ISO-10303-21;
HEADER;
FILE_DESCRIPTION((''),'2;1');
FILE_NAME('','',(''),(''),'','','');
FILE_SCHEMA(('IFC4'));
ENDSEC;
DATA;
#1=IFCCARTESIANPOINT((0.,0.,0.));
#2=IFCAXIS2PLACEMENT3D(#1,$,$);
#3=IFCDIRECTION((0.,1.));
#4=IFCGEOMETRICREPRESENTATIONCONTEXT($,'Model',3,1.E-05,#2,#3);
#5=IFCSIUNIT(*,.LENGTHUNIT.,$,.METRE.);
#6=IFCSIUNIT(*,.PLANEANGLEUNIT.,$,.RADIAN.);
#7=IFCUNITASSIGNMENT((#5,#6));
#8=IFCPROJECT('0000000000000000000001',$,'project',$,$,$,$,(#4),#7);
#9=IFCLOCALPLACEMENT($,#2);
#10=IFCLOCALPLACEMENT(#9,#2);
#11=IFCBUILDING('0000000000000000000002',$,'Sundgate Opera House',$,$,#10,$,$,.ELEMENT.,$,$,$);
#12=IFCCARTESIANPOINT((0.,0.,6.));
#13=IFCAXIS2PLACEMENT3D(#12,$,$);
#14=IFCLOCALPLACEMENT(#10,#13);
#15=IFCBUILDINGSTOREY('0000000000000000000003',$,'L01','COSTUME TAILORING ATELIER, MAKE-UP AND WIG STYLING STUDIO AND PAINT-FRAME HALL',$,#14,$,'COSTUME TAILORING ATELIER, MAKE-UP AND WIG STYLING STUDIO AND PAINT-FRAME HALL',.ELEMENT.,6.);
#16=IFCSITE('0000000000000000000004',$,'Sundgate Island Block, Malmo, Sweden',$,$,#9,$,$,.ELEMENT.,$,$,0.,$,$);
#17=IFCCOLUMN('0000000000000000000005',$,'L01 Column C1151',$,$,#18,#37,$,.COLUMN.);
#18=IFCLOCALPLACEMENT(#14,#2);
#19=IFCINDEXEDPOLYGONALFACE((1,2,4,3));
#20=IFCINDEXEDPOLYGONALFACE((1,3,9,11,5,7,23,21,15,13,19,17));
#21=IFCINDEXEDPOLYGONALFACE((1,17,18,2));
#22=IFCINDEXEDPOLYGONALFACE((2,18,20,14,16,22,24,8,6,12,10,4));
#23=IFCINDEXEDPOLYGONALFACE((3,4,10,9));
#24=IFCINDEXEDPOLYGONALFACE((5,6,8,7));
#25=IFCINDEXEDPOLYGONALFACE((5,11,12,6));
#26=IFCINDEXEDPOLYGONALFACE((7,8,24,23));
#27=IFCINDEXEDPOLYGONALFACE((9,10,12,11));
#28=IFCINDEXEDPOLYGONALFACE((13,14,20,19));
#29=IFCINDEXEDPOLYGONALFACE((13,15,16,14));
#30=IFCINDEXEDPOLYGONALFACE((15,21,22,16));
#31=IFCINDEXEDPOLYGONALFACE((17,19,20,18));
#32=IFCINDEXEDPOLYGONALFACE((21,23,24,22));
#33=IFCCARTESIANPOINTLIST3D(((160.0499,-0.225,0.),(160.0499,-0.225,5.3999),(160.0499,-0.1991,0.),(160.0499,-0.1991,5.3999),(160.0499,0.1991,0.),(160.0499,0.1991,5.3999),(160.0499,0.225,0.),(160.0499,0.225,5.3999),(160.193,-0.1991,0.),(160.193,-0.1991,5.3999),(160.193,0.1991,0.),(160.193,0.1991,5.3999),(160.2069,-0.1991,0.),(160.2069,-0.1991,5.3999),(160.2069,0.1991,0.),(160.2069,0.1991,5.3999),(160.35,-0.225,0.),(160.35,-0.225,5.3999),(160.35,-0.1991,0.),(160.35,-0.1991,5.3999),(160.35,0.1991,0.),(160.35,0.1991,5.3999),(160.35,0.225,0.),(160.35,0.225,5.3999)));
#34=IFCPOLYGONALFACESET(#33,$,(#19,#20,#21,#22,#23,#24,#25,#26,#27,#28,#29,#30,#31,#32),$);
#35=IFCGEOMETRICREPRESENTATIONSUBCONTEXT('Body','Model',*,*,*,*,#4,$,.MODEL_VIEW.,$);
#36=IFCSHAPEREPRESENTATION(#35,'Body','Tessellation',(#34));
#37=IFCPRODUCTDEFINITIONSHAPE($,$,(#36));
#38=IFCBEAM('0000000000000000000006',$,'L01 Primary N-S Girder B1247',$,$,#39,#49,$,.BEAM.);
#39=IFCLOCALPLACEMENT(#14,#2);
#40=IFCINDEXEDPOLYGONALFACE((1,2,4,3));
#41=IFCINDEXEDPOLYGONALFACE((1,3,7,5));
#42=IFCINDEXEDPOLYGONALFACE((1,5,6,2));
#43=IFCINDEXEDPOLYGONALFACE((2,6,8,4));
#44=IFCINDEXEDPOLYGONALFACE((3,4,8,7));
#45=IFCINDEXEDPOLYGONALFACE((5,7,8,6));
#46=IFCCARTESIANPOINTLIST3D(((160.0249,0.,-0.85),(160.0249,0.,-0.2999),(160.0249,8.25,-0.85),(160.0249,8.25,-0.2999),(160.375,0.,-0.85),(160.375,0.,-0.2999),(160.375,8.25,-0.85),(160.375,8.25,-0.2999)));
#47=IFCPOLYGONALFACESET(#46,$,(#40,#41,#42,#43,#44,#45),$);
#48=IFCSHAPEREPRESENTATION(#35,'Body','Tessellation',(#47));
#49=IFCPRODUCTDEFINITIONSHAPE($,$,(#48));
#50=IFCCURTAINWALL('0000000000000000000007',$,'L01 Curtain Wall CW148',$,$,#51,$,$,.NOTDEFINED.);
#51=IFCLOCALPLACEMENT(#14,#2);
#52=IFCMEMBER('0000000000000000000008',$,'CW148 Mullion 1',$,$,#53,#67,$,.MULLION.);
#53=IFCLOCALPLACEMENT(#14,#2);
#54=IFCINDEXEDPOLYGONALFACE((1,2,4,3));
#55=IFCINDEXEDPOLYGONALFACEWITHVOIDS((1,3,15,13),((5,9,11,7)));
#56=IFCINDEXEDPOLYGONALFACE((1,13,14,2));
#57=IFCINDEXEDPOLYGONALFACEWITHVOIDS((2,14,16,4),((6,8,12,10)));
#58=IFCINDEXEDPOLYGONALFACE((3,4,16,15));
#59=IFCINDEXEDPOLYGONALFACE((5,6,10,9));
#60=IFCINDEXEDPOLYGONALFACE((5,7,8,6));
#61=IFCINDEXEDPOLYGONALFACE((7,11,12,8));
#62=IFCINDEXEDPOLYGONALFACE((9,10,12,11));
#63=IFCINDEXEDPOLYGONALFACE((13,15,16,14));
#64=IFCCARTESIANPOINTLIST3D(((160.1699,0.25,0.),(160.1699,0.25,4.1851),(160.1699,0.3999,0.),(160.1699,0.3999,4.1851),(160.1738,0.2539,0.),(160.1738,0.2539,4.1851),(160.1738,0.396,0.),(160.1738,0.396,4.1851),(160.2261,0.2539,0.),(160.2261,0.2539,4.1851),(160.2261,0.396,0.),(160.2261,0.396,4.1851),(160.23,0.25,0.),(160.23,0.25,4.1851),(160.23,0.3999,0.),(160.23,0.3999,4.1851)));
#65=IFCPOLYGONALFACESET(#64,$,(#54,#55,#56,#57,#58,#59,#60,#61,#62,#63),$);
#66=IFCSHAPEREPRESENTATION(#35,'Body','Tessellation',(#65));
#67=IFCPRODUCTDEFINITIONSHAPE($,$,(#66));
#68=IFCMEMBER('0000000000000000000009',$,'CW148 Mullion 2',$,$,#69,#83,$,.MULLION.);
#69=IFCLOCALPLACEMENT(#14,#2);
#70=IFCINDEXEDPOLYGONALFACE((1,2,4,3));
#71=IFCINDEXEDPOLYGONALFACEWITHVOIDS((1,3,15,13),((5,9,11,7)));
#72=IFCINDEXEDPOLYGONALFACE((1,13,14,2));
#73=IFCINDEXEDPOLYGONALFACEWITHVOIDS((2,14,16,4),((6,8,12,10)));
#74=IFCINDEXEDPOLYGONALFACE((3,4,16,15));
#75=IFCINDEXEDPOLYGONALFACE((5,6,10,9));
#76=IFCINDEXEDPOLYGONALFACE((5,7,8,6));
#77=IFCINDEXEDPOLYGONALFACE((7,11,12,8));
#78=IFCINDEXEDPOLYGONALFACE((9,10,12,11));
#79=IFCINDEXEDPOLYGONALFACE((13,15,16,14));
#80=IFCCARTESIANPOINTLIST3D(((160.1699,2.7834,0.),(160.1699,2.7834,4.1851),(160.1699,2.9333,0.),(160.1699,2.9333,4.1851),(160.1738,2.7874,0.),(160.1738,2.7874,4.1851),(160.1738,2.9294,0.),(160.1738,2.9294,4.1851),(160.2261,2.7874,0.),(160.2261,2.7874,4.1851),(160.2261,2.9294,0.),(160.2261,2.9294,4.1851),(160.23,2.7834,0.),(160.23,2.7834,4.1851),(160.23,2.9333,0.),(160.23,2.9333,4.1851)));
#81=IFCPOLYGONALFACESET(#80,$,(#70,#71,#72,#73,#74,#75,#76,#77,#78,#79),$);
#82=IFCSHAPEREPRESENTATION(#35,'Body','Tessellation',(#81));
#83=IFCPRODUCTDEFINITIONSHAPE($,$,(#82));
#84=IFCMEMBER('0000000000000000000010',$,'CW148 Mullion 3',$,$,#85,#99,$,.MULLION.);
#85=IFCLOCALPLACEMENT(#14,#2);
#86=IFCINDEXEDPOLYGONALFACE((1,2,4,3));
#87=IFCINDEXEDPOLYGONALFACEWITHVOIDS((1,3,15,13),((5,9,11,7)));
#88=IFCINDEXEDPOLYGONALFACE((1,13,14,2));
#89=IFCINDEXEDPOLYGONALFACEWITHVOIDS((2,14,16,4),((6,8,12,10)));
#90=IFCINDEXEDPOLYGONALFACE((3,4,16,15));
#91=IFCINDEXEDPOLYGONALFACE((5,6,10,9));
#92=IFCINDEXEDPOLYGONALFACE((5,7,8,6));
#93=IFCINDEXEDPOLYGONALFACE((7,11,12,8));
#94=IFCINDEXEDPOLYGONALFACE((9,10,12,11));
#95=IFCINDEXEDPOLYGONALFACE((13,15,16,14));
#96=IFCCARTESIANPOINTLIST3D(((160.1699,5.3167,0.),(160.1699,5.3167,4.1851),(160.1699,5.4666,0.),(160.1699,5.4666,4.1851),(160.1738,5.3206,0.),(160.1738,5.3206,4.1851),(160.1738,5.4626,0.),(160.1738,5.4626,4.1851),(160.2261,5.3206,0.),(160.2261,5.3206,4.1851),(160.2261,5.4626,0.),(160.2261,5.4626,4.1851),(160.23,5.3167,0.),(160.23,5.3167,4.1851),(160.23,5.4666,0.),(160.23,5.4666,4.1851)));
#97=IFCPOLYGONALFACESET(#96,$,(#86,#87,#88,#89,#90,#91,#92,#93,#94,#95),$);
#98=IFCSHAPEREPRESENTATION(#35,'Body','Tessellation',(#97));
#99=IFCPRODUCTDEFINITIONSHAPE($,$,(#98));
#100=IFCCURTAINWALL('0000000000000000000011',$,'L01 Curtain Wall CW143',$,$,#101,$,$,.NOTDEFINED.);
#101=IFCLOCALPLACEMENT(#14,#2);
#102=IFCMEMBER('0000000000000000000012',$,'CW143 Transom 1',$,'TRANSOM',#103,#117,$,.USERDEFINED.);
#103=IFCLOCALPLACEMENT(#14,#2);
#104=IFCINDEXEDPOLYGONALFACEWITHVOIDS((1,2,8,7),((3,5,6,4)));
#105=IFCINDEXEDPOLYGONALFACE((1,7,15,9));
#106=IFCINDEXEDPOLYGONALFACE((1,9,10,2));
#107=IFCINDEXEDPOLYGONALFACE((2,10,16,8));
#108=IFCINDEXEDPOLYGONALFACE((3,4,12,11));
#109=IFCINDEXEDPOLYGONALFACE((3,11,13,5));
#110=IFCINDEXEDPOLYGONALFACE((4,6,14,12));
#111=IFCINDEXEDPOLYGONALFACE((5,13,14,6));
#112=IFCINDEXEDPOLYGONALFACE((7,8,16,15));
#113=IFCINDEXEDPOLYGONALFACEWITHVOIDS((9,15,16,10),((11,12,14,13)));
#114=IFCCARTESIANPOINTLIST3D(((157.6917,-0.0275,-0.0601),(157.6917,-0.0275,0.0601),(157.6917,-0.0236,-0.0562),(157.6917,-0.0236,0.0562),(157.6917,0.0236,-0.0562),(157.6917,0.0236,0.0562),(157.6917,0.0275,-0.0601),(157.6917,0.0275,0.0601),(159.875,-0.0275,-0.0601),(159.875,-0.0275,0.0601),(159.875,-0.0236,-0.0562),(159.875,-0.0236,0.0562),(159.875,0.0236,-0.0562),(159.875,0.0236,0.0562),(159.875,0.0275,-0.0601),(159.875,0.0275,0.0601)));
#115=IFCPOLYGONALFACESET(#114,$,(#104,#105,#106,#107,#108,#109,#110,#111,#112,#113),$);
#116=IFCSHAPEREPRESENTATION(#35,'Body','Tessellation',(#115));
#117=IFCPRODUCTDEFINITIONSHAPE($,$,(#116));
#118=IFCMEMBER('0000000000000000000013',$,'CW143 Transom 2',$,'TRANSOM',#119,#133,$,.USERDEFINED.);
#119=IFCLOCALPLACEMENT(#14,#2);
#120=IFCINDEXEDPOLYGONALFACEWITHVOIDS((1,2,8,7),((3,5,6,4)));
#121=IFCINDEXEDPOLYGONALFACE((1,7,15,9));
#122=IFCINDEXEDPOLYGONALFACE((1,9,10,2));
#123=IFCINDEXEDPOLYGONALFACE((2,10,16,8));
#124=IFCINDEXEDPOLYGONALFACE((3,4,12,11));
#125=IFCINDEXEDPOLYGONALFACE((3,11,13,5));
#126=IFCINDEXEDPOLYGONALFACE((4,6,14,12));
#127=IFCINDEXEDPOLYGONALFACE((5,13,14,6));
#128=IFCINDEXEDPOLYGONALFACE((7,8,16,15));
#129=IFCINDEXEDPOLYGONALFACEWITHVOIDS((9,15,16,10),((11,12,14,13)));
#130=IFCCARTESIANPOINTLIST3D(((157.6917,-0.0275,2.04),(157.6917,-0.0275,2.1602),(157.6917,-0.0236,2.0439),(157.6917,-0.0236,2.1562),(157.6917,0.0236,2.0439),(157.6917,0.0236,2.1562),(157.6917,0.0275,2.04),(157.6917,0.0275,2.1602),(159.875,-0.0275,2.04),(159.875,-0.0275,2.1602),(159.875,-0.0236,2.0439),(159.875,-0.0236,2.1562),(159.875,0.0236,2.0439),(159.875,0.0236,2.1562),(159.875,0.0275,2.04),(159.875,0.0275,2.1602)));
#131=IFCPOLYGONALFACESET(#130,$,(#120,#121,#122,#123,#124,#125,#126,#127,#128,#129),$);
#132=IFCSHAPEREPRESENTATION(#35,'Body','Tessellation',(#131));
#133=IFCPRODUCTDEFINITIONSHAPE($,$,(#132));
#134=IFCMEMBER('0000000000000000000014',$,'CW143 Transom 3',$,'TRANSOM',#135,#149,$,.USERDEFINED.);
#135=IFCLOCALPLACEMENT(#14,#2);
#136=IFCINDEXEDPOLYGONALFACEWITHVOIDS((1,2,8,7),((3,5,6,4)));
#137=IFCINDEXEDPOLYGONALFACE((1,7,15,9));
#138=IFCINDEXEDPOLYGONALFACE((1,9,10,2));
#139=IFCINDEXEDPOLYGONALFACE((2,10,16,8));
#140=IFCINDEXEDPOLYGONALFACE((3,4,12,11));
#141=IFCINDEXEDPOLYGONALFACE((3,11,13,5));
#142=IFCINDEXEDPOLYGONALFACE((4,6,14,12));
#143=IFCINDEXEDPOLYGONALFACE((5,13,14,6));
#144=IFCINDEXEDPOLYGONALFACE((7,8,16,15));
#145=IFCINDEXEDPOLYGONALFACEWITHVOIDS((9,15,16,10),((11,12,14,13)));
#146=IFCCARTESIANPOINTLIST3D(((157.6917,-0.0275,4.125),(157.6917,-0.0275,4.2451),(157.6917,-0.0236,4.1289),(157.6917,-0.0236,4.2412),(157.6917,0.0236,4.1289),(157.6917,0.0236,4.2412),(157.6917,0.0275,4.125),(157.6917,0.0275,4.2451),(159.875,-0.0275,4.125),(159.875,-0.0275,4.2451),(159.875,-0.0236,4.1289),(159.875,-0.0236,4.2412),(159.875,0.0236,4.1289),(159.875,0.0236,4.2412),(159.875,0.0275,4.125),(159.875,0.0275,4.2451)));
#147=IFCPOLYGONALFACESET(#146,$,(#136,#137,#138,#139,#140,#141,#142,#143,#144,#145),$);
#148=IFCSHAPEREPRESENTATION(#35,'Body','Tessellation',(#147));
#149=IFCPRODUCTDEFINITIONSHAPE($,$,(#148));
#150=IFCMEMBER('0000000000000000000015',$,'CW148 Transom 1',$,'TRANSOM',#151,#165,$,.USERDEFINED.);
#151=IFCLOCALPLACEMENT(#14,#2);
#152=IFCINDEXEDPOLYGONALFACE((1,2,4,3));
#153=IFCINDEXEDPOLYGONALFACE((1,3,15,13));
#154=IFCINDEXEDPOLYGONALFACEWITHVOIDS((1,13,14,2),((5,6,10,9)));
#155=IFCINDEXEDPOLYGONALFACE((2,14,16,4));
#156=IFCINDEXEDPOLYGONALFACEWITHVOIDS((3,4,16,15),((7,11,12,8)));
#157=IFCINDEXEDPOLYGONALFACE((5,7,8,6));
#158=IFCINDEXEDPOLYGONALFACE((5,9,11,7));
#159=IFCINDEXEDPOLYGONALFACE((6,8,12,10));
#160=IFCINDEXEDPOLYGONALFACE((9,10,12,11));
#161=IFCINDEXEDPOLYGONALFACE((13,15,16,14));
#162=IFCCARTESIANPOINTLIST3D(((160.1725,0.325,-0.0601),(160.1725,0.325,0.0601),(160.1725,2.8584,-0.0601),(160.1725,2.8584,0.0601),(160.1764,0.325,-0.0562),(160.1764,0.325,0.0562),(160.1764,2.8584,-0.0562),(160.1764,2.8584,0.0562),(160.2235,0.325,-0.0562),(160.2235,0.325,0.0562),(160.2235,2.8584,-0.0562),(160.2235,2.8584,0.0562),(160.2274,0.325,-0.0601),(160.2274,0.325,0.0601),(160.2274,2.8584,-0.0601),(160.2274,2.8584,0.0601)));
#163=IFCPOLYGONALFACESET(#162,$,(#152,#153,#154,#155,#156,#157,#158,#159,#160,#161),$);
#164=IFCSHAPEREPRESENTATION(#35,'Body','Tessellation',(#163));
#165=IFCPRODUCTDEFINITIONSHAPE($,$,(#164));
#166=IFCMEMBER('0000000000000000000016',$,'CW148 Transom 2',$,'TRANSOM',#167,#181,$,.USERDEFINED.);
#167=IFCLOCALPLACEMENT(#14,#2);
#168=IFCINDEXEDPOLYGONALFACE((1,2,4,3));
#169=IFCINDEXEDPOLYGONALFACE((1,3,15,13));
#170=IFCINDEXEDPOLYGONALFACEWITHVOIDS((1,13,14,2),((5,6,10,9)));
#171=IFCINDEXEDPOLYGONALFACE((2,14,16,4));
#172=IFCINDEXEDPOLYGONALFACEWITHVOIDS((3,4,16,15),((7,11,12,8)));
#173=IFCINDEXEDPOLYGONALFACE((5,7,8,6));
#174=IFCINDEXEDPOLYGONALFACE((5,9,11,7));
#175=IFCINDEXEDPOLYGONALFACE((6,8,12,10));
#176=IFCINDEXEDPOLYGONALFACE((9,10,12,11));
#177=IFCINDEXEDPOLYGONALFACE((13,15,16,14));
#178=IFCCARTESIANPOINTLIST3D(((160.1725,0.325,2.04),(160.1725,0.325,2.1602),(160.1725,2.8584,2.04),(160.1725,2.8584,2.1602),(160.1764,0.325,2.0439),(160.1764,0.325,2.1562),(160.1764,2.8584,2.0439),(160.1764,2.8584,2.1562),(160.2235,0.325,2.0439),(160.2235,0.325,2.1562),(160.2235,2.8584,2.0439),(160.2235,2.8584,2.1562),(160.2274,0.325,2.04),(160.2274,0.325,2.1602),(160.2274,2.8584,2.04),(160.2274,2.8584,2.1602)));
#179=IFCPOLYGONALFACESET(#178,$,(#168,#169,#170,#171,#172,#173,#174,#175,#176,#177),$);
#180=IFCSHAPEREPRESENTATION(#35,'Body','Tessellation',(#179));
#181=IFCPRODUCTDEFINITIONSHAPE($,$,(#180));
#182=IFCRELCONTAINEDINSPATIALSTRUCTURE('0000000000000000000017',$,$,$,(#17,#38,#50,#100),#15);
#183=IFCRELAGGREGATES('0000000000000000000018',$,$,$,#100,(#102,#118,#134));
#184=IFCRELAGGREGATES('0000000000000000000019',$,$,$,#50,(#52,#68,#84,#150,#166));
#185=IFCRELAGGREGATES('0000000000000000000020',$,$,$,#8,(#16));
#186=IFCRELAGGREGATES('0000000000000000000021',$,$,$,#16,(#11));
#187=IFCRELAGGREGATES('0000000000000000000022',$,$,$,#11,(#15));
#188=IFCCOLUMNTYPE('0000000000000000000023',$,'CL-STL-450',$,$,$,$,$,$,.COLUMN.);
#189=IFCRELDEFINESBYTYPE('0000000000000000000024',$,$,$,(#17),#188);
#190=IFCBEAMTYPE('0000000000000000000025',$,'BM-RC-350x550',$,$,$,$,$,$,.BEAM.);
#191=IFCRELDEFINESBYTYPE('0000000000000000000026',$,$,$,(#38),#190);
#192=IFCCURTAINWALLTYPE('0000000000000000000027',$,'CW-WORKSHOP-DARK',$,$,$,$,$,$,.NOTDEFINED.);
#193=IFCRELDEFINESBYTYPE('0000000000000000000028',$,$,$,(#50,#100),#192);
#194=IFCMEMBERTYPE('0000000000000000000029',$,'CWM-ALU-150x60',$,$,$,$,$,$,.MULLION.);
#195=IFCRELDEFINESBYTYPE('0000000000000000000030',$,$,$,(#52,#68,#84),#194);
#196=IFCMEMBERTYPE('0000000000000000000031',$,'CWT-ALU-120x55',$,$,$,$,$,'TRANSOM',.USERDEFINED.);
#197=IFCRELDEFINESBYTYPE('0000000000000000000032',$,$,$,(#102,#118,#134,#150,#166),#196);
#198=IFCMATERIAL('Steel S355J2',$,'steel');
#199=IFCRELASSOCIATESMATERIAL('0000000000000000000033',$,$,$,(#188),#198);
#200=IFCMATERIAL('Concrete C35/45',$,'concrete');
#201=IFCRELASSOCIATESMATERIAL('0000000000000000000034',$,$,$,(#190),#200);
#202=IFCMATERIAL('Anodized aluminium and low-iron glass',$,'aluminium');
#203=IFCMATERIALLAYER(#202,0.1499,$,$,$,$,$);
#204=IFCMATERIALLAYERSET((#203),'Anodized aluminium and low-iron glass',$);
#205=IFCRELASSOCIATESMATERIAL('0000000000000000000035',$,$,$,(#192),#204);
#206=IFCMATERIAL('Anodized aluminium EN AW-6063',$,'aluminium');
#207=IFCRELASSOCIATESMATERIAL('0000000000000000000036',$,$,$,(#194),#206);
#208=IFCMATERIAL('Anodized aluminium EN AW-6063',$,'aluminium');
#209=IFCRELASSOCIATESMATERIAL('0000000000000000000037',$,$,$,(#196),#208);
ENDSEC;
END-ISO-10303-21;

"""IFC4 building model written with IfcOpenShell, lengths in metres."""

from ifc_helpers import new_model, si_unit, direction, frame, origin, origin_2d, place, context, subcontext, project, spatial, rectangle, hollow_rectangle, i_section, extrude, material, layer, layer_set, material_profile, profile_set, type_object, element, aggregate, save


model = new_model("IFC4")

# Units and contexts
model_context = context("Model", 3, precision=1e-05, world=origin(), true_north=direction((0.0, 1.0)))
body_context = subcontext(model_context, "Body", "Model", "MODEL_VIEW")
ifc_project = project(units=[si_unit("LENGTHUNIT", "METRE"), si_unit("PLANEANGLEUNIT", "RADIAN")], contexts=[model_context])

# Site, building, storey
site_placement = place(None, origin())
site = spatial("IfcSite", under=ifc_project, at=site_placement, Name="Sundgate Island Block, Malmo, Sweden", CompositionType="ELEMENT", RefElevation=0.0)
building_placement = place(site_placement, origin())
building = spatial("IfcBuilding", under=site, at=building_placement, Name="Sundgate Opera House", CompositionType="ELEMENT")
storey_placement = place(building_placement, frame((0.0, 0.0, 6.0)))
storey = spatial("IfcBuildingStorey", under=building, at=storey_placement, Name="L01", Description="COSTUME TAILORING ATELIER, MAKE-UP AND WIG STYLING STUDIO AND PAINT-FRAME HALL", LongName="COSTUME TAILORING ATELIER, MAKE-UP AND WIG STYLING STUDIO AND PAINT-FRAME HALL", CompositionType="ELEMENT", Elevation=6.0)

# Column
ifc_material_1 = material(Name="Steel S355J2", Category="steel")
ifc_material_profile_1 = material_profile(ifc_material_1, i_section(OverallWidth=0.3, OverallDepth=0.45, WebThickness=0.0139, FlangeThickness=0.0259, at=origin_2d()), Name="HEB 450")
ifc_profile_set_1 = profile_set([ifc_material_profile_1], Name="Steel S355J2")
column_type = type_object("IfcColumnType", Name="CL-STL-450", PredefinedType="COLUMN", material=ifc_profile_set_1)
column_placement = place(storey_placement, frame((160.2, 0.0, 0.0), z_axis=(0.0, 0.0, 1.0), x_axis=(1.0, 0.0, 0.0)))
element("IfcColumn", 1, at=column_placement, inside=storey, type_object=column_type, Name="L01 Column C1151", PredefinedType="COLUMN", context=body_context, shape_type="SweptSolid", body=[
    extrude(i_section(OverallWidth=0.3, OverallDepth=0.45, WebThickness=0.0139, FlangeThickness=0.0259, at=origin_2d()), origin(), (0.0, 0.0, 1.0), 5.3999),
])

# Beam
ifc_material_2 = material(Name="Concrete C35/45", Category="concrete")
ifc_material_profile_2 = material_profile(ifc_material_2, rectangle(XDim=0.3501, YDim=0.55, at=origin_2d()), Name="RC 350x550")
ifc_profile_set_2 = profile_set([ifc_material_profile_2], Name="Concrete C35/45")
beam_type = type_object("IfcBeamType", Name="BM-RC-350x550", PredefinedType="BEAM", material=ifc_profile_set_2)
beam_placement = place(storey_placement, frame((160.2, 0.0, -0.575), z_axis=(0.0, 1.0, 0.0), x_axis=(-1.0, 0.0, 0.0)))
element("IfcBeam", 2, at=beam_placement, inside=storey, type_object=beam_type, Name="L01 Primary N-S Girder B1247", PredefinedType="BEAM", context=body_context, shape_type="SweptSolid", body=[
    extrude(rectangle(XDim=0.3501, YDim=0.55, at=origin_2d()), origin(), (0.0, 0.0, 1.0), 8.25),
])

# Curtain walls, members
ifc_material_3 = material(Name="Anodized aluminium and low-iron glass", Category="aluminium")
ifc_layer_1 = layer(ifc_material_3, 0.1499)
ifc_layer_set_1 = layer_set([ifc_layer_1], Name="Anodized aluminium and low-iron glass")
curtain_wall_type = type_object("IfcCurtainWallType", Name="CW-WORKSHOP-DARK", PredefinedType="NOTDEFINED", material=ifc_layer_set_1)
curtain_wall_1_placement = place(storey_placement, origin())
curtain_wall_1 = element("IfcCurtainWall", 3, at=curtain_wall_1_placement, inside=storey, type_object=curtain_wall_type, Name="L01 Curtain Wall CW148", PredefinedType="NOTDEFINED")
ifc_material_4 = material(Name="Anodized aluminium EN AW-6063", Category="aluminium")
ifc_material_profile_3 = material_profile(ifc_material_4, hollow_rectangle(XDim=0.0601, YDim=0.1499, WallThickness=0.0039, at=origin_2d()), Name="CWM 150x60x4")
ifc_profile_set_3 = profile_set([ifc_material_profile_3], Name="Anodized aluminium EN AW-6063")
member_type_1 = type_object("IfcMemberType", Name="CWM-ALU-150x60", PredefinedType="MULLION", material=ifc_profile_set_3)
member_1_placement = place(storey_placement, frame((160.2, 0.325, 0.0), z_axis=(0.0, 0.0, 1.0), x_axis=(1.0, 0.0, 0.0)))
member_1 = element("IfcMember", 4, at=member_1_placement, type_object=member_type_1, Name="CW148 Mullion 1", PredefinedType="MULLION", context=body_context, shape_type="SweptSolid", body=[
    extrude(hollow_rectangle(XDim=0.0601, YDim=0.1499, WallThickness=0.0039, at=origin_2d()), origin(), (0.0, 0.0, 1.0), 4.1851),
])
member_2_placement = place(storey_placement, frame((160.2, 2.8584, 0.0), z_axis=(0.0, 0.0, 1.0), x_axis=(1.0, 0.0, 0.0)))
member_2 = element("IfcMember", 5, at=member_2_placement, type_object=member_type_1, Name="CW148 Mullion 2", PredefinedType="MULLION", context=body_context, shape_type="SweptSolid", body=[
    extrude(hollow_rectangle(XDim=0.0601, YDim=0.1499, WallThickness=0.0039, at=origin_2d()), origin(), (0.0, 0.0, 1.0), 4.1851),
])
member_3_placement = place(storey_placement, frame((160.2, 5.3916, 0.0), z_axis=(0.0, 0.0, 1.0), x_axis=(1.0, 0.0, 0.0)))
member_3 = element("IfcMember", 6, at=member_3_placement, type_object=member_type_1, Name="CW148 Mullion 3", PredefinedType="MULLION", context=body_context, shape_type="SweptSolid", body=[
    extrude(hollow_rectangle(XDim=0.0601, YDim=0.1499, WallThickness=0.0039, at=origin_2d()), origin(), (0.0, 0.0, 1.0), 4.1851),
])
curtain_wall_2_placement = place(storey_placement, origin())
curtain_wall_2 = element("IfcCurtainWall", 7, at=curtain_wall_2_placement, inside=storey, type_object=curtain_wall_type, Name="L01 Curtain Wall CW143", PredefinedType="NOTDEFINED")
ifc_material_5 = material(Name="Anodized aluminium EN AW-6063", Category="aluminium")
ifc_material_profile_4 = material_profile(ifc_material_5, hollow_rectangle(XDim=0.0549, YDim=0.1201, WallThickness=0.0039, at=origin_2d()), Name="CWT 120x55x4")
ifc_profile_set_4 = profile_set([ifc_material_profile_4], Name="Anodized aluminium EN AW-6063")
member_type_2 = type_object("IfcMemberType", Name="CWT-ALU-120x55", ElementType="TRANSOM", PredefinedType="USERDEFINED", material=ifc_profile_set_4)
member_4_placement = place(storey_placement, frame((159.875, 0.0, 0.0), z_axis=(-1.0, 0.0, 0.0), x_axis=(0.0, -1.0, 0.0)))
member_4 = element("IfcMember", 8, at=member_4_placement, type_object=member_type_2, Name="CW143 Transom 1", ObjectType="TRANSOM", PredefinedType="USERDEFINED", context=body_context, shape_type="SweptSolid", body=[
    extrude(hollow_rectangle(XDim=0.0549, YDim=0.1201, WallThickness=0.0039, at=origin_2d()), origin(), (0.0, 0.0, 1.0), 2.1833),
])
member_5_placement = place(storey_placement, frame((159.875, 0.0, 2.1001), z_axis=(-1.0, 0.0, 0.0), x_axis=(0.0, -1.0, 0.0)))
member_5 = element("IfcMember", 9, at=member_5_placement, type_object=member_type_2, Name="CW143 Transom 2", ObjectType="TRANSOM", PredefinedType="USERDEFINED", context=body_context, shape_type="SweptSolid", body=[
    extrude(hollow_rectangle(XDim=0.0549, YDim=0.1201, WallThickness=0.0039, at=origin_2d()), origin(), (0.0, 0.0, 1.0), 2.1833),
])
member_6_placement = place(storey_placement, frame((159.875, 0.0, 4.1851), z_axis=(-1.0, 0.0, 0.0), x_axis=(0.0, -1.0, 0.0)))
member_6 = element("IfcMember", 10, at=member_6_placement, type_object=member_type_2, Name="CW143 Transom 3", ObjectType="TRANSOM", PredefinedType="USERDEFINED", context=body_context, shape_type="SweptSolid", body=[
    extrude(hollow_rectangle(XDim=0.0549, YDim=0.1201, WallThickness=0.0039, at=origin_2d()), origin(), (0.0, 0.0, 1.0), 2.1833),
])
aggregate(curtain_wall_2, [member_4, member_5, member_6])

# Members
member_7_placement = place(storey_placement, frame((160.2, 0.325, 0.0), z_axis=(0.0, 1.0, 0.0), x_axis=(-1.0, 0.0, 0.0)))
member_7 = element("IfcMember", 11, at=member_7_placement, type_object=member_type_2, Name="CW148 Transom 1", ObjectType="TRANSOM", PredefinedType="USERDEFINED", context=body_context, shape_type="SweptSolid", body=[
    extrude(hollow_rectangle(XDim=0.0549, YDim=0.1201, WallThickness=0.0039, at=origin_2d()), origin(), (0.0, 0.0, 1.0), 2.5334),
])
member_8_placement = place(storey_placement, frame((160.2, 0.325, 2.1001), z_axis=(0.0, 1.0, 0.0), x_axis=(-1.0, 0.0, 0.0)))
member_8 = element("IfcMember", 12, at=member_8_placement, type_object=member_type_2, Name="CW148 Transom 2", ObjectType="TRANSOM", PredefinedType="USERDEFINED", context=body_context, shape_type="SweptSolid", body=[
    extrude(hollow_rectangle(XDim=0.0549, YDim=0.1201, WallThickness=0.0039, at=origin_2d()), origin(), (0.0, 0.0, 1.0), 2.5334),
])

aggregate(curtain_wall_1, [member_1, member_2, member_3, member_7, member_8])

save(model, "model.ifc")
